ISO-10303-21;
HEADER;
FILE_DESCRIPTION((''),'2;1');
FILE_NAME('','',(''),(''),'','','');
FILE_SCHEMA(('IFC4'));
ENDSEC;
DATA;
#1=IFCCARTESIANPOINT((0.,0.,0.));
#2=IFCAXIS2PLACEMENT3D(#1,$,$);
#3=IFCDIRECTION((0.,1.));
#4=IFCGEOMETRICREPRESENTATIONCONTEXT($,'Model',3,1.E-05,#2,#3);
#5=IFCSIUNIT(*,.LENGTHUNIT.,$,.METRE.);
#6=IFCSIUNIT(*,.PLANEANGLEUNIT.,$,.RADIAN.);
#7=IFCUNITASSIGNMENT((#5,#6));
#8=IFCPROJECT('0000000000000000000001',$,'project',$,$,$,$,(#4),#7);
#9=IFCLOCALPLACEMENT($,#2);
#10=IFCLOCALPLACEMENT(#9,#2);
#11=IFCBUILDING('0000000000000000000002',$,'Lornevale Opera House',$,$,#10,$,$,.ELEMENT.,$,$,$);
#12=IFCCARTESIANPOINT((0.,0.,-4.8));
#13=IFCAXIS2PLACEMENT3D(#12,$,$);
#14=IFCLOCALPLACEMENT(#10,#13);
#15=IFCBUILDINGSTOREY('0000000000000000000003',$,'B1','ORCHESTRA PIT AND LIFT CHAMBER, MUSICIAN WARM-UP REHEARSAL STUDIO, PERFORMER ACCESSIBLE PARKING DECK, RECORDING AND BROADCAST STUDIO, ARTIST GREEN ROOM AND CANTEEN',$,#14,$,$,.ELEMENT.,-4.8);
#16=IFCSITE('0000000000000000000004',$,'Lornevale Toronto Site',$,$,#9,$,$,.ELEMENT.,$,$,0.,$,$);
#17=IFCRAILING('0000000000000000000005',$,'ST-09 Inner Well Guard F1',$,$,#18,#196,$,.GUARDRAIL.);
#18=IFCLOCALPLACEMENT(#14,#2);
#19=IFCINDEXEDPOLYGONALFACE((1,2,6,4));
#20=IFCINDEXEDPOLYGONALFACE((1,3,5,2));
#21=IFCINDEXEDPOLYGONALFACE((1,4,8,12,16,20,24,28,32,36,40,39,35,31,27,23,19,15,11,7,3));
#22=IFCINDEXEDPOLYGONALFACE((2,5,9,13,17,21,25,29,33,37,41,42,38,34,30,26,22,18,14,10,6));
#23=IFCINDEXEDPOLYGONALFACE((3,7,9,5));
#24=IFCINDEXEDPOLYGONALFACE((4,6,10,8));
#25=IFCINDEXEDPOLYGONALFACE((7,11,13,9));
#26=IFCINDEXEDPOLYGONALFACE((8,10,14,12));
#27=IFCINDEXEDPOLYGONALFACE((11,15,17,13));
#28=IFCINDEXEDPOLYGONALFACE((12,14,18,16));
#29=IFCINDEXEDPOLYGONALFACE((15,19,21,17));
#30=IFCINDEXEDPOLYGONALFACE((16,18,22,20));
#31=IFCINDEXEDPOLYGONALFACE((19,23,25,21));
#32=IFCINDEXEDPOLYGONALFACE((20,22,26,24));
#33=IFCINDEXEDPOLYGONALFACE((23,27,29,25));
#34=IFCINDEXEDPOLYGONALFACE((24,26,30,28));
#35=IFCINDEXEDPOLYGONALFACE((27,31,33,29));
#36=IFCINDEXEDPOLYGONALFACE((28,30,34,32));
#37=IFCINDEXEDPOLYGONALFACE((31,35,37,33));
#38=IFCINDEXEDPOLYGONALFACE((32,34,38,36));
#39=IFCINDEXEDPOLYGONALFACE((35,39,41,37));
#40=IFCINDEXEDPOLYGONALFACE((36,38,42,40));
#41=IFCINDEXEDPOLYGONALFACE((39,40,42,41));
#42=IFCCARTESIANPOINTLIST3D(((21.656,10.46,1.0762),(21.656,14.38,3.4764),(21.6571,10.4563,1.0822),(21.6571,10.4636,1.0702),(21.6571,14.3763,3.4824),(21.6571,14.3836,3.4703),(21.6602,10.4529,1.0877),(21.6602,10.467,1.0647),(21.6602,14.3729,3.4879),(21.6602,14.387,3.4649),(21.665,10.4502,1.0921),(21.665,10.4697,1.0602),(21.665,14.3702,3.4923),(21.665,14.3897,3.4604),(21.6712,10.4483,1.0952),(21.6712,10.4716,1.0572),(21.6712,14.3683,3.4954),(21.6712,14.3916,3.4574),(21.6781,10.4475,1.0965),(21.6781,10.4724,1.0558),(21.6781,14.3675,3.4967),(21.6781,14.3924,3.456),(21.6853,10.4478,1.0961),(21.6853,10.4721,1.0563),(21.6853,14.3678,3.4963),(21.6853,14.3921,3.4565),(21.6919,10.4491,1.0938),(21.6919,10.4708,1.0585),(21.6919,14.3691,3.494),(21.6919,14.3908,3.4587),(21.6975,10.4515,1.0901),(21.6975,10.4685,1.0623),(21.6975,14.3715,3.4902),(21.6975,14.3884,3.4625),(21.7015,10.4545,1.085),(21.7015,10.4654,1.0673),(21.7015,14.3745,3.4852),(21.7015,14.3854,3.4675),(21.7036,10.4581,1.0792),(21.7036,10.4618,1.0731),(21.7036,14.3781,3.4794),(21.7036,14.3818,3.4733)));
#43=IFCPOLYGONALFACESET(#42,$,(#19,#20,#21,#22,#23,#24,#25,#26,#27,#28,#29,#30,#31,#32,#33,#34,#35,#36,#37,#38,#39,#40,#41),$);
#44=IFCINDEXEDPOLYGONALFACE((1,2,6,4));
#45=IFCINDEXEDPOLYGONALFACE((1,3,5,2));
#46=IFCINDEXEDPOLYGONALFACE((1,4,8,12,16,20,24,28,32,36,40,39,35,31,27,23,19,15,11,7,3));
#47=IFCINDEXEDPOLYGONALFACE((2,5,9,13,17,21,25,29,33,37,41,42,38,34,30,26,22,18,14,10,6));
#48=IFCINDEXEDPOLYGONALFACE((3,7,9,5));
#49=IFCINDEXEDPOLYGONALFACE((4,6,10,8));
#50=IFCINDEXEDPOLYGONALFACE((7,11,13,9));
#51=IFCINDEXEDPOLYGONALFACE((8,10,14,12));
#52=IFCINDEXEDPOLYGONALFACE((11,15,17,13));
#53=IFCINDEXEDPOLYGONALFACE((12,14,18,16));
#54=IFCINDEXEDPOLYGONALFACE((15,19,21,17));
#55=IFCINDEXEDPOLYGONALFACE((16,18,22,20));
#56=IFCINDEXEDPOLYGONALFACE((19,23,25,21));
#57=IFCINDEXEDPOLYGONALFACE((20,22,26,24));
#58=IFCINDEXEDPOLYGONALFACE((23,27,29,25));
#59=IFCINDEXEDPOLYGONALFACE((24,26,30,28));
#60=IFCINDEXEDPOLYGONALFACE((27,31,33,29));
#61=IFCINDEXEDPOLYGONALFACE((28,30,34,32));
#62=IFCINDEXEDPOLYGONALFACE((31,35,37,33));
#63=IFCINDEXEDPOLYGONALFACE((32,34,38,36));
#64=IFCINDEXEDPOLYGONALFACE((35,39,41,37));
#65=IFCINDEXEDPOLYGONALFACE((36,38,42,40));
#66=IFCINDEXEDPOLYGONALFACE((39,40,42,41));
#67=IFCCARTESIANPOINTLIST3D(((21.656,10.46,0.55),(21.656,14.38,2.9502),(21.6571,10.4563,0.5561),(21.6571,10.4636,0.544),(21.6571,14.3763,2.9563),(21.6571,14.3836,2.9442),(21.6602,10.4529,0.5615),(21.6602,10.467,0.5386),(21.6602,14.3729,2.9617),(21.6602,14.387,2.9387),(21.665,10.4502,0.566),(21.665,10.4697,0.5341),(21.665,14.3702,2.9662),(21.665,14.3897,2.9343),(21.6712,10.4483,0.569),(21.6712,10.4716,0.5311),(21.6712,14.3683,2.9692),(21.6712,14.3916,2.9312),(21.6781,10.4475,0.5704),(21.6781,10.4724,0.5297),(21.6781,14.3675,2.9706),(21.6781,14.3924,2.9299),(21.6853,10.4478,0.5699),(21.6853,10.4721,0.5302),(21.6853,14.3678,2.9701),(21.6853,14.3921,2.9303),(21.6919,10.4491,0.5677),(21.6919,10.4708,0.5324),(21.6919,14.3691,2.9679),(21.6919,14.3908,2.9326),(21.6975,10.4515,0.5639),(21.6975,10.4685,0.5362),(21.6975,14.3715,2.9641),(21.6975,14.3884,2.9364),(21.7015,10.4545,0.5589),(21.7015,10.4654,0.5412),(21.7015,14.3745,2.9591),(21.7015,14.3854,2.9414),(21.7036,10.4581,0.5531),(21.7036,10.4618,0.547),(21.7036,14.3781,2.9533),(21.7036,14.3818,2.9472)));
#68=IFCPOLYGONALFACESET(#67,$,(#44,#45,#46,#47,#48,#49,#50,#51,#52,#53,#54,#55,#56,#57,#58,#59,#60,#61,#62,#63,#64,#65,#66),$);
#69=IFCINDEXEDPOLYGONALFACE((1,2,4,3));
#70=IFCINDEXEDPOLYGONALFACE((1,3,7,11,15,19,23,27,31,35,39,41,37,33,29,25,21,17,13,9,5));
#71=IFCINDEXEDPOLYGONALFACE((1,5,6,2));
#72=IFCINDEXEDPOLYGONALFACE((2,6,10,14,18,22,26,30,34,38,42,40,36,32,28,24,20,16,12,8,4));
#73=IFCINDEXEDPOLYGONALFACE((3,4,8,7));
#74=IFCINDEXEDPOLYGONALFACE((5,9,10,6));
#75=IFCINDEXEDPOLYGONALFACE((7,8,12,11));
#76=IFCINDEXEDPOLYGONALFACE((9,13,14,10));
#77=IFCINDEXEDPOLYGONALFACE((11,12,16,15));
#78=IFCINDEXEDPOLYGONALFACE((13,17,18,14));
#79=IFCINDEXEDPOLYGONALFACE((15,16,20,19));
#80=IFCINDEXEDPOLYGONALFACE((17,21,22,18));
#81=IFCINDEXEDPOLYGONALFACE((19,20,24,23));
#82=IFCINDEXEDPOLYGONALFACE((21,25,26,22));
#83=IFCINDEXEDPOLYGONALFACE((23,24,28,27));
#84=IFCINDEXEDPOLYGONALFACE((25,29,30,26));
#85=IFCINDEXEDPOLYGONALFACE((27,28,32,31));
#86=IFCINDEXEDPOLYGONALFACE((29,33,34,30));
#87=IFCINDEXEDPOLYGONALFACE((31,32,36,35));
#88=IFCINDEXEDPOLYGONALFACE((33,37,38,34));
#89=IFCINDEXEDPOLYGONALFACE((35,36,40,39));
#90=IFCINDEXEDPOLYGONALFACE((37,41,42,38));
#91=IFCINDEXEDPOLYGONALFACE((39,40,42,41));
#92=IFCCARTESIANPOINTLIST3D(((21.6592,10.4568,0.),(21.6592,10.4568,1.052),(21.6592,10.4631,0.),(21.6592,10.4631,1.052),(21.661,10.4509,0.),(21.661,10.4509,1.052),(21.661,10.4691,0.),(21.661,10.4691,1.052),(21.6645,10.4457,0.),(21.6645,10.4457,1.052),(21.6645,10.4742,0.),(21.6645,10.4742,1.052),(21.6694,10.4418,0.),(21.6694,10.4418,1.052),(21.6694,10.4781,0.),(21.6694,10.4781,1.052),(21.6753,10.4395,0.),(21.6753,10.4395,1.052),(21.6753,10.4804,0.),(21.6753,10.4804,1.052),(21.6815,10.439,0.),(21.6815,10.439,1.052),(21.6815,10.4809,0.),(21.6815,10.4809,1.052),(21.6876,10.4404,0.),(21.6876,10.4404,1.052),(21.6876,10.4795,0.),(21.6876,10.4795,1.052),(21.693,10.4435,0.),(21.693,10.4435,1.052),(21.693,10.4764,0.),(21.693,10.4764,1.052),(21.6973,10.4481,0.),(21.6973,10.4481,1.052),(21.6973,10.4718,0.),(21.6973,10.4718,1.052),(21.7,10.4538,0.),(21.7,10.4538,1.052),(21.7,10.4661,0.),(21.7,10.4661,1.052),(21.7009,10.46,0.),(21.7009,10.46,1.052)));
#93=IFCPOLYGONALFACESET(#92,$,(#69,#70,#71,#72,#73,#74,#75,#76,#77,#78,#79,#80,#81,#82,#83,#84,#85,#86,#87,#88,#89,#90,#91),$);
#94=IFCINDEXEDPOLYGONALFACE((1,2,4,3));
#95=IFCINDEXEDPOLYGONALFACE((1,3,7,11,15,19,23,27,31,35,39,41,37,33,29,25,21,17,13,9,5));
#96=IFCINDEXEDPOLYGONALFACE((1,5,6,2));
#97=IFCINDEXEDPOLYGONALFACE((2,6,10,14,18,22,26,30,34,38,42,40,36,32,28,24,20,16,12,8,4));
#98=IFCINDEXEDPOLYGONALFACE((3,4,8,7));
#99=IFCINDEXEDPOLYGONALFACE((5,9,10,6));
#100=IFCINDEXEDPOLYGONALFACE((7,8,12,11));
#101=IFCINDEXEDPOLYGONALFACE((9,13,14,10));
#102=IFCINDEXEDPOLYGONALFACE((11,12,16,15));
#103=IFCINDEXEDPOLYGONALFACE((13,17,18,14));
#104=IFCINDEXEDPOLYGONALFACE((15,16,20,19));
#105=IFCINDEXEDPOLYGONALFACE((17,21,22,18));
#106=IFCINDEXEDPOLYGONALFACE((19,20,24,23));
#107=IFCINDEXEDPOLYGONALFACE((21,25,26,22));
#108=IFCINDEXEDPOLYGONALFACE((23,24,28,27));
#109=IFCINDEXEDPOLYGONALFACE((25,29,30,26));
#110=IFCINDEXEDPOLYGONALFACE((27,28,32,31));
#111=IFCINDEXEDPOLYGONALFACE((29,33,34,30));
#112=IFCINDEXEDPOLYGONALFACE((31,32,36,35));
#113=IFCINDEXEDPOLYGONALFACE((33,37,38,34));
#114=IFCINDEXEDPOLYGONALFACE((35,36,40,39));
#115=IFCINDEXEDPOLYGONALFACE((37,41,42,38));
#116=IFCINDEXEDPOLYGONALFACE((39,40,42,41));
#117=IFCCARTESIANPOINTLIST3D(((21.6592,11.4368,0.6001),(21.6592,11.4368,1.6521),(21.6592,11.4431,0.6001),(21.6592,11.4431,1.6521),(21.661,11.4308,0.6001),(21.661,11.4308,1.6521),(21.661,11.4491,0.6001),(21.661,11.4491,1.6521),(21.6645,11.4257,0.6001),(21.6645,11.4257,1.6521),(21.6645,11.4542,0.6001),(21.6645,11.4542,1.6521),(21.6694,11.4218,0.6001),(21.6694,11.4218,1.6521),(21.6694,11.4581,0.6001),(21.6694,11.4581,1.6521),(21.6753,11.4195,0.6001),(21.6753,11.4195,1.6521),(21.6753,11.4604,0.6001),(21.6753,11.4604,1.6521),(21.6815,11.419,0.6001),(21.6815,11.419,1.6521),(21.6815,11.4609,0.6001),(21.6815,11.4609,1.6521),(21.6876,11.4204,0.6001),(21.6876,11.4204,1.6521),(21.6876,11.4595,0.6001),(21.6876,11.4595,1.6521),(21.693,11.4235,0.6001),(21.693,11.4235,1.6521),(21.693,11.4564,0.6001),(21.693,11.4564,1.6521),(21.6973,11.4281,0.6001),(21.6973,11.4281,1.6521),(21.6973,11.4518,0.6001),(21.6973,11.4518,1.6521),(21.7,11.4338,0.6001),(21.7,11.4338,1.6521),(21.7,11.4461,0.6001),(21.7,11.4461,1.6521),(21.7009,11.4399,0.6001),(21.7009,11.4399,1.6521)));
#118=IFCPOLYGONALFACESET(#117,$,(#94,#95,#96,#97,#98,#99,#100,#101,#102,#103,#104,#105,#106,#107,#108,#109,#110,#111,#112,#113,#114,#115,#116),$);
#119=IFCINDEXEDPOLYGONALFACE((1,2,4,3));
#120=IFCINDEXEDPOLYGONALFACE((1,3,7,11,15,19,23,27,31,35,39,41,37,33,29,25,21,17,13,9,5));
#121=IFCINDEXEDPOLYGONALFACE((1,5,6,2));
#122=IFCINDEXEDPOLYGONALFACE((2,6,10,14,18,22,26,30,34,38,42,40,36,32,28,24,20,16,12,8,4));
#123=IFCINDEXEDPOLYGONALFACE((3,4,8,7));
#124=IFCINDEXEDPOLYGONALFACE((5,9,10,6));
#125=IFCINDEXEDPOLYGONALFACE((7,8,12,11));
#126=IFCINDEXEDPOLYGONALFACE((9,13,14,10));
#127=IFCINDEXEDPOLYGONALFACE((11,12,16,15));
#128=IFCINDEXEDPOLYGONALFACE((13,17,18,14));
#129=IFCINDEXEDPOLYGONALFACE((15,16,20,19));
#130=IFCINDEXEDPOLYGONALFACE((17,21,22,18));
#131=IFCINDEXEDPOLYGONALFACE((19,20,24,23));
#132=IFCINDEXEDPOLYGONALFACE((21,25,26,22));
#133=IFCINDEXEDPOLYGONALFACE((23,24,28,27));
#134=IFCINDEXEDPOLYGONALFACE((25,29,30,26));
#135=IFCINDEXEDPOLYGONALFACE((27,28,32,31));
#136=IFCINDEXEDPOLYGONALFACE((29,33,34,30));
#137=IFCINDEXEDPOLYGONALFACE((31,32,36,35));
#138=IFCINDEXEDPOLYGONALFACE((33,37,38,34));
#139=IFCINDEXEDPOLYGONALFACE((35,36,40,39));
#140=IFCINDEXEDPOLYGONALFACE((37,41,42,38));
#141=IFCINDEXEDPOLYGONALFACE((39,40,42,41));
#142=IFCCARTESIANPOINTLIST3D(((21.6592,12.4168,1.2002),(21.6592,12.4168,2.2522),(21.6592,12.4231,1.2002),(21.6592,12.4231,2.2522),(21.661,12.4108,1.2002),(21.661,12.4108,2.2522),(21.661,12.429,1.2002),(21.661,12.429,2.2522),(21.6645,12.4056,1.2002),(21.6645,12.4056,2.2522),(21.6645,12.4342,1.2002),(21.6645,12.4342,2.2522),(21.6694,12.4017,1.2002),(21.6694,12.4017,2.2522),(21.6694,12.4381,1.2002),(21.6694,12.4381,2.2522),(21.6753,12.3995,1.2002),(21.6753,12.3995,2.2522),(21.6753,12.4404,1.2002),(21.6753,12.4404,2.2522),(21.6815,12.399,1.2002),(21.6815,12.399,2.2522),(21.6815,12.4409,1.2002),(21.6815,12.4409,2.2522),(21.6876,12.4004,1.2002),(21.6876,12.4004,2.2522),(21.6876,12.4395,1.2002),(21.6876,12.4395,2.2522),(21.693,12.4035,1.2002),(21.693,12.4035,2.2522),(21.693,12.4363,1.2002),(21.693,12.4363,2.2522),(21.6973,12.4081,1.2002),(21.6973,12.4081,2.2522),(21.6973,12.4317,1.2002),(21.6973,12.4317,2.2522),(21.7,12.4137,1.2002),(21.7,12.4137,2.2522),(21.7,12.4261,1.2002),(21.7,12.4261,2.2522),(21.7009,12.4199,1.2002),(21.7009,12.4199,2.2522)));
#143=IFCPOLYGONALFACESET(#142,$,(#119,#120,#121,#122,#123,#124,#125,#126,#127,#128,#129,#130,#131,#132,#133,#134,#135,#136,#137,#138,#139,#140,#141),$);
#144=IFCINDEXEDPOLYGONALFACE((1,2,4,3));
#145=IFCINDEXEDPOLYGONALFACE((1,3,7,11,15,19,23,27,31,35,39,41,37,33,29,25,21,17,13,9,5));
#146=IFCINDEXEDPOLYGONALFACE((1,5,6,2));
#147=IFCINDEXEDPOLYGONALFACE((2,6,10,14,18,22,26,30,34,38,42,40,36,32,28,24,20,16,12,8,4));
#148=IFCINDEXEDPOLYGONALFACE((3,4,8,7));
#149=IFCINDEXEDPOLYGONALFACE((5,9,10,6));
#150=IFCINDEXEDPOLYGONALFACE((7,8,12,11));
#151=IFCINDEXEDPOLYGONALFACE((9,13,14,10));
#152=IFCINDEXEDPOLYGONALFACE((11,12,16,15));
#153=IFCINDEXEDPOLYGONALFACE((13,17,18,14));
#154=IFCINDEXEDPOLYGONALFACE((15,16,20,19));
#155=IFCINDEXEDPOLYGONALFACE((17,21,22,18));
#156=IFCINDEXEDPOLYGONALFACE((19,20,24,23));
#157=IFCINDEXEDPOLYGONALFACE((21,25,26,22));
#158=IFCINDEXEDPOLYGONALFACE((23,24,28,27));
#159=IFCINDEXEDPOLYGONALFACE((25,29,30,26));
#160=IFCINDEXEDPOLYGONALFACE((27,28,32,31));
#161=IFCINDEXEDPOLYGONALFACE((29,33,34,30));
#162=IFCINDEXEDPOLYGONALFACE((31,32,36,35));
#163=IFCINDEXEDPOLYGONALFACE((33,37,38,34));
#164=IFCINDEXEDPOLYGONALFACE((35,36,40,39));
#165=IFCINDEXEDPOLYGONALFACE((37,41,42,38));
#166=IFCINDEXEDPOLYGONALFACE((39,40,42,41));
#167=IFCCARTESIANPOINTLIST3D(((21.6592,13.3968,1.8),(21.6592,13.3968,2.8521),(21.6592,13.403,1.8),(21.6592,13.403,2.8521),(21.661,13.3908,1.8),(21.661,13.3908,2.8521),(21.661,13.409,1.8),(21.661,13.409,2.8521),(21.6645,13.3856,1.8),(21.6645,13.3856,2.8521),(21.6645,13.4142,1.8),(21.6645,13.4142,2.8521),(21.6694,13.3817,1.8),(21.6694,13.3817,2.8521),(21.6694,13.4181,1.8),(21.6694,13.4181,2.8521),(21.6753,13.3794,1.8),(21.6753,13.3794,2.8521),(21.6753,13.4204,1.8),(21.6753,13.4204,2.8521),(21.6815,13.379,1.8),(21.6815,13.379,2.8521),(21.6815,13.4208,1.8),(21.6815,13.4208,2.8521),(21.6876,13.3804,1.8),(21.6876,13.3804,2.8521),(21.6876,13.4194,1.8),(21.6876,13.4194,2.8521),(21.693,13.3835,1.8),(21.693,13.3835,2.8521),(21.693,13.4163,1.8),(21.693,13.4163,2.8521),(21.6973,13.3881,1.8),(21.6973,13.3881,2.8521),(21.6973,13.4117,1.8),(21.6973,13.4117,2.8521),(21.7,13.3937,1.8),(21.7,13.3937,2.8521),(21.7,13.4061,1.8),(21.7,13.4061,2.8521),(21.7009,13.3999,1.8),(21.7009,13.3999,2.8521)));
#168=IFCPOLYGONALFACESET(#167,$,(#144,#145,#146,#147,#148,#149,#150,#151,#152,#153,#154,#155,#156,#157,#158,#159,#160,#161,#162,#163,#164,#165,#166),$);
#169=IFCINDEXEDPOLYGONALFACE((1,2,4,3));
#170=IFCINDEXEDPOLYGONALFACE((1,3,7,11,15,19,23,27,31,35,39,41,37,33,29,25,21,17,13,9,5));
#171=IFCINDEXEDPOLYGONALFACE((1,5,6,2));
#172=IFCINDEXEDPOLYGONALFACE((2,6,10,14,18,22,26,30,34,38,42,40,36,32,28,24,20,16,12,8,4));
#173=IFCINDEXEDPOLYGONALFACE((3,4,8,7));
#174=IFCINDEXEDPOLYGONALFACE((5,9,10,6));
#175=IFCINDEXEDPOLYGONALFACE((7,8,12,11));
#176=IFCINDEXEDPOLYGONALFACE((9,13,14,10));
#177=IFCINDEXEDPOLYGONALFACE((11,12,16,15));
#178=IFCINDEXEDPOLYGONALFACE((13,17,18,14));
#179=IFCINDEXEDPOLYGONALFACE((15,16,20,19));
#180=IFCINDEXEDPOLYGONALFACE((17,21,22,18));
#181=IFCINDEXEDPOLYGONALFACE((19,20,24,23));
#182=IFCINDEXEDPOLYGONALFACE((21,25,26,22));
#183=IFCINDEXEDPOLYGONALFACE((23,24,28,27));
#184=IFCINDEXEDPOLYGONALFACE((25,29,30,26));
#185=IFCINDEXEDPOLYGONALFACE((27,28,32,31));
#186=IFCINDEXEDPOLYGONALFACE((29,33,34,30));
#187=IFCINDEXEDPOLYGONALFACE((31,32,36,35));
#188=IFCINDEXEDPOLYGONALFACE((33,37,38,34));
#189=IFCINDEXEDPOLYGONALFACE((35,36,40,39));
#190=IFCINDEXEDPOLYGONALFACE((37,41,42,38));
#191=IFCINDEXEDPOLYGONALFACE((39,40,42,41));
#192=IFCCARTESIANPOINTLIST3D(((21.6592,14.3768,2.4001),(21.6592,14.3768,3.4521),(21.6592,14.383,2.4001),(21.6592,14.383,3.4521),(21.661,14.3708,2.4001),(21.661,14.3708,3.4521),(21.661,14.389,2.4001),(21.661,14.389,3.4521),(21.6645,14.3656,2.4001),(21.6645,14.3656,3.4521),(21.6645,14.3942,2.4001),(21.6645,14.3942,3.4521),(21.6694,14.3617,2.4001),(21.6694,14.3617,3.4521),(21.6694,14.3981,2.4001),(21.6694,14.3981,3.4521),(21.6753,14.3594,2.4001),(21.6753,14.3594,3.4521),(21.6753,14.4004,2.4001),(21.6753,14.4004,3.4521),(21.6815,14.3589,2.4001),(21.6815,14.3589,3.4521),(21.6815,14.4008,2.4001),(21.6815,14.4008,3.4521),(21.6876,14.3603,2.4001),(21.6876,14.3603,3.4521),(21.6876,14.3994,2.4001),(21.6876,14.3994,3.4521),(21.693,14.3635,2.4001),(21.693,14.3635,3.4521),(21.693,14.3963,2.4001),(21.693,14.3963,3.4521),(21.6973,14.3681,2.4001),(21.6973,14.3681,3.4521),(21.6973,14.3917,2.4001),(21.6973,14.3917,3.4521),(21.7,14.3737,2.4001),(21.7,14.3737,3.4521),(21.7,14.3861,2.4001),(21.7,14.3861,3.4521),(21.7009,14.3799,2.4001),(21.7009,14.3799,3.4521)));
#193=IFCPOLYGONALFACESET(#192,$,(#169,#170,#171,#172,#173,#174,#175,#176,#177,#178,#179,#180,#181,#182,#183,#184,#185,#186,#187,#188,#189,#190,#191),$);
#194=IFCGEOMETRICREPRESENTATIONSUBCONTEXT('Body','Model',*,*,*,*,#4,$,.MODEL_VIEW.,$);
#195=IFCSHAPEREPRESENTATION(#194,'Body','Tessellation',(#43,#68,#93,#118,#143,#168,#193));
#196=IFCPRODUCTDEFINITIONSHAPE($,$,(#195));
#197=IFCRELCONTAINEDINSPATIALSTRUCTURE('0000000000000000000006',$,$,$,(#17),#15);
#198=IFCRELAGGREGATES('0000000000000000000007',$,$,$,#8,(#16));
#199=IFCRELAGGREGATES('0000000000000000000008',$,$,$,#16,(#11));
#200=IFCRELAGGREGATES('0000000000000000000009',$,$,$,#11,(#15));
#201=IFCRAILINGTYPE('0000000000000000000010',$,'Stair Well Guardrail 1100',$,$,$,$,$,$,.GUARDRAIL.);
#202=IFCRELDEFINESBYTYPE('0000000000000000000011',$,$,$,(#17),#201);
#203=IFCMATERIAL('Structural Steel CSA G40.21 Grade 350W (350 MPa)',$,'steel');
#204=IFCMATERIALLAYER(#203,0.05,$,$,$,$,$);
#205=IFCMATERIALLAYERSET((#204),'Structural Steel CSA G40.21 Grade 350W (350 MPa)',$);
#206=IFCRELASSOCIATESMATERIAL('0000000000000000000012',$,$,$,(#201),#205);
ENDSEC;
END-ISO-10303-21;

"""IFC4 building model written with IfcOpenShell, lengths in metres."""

from ifc_helpers import new_model, si_unit, direction, frame, origin, origin_2d, place, context, subcontext, project, spatial, circle, extrude, material, layer, layer_set, type_object, element, save


model = new_model("IFC4")

# Units and contexts
model_context = context("Model", 3, precision=1e-05, world=origin(), true_north=direction((0.0, 1.0)))
body_context = subcontext(model_context, "Body", "Model", "MODEL_VIEW")
ifc_project = project(units=[si_unit("LENGTHUNIT", "METRE"), si_unit("PLANEANGLEUNIT", "RADIAN")], contexts=[model_context])

# Site, building, storey
site_placement = place(None, origin())
site = spatial("IfcSite", under=ifc_project, at=site_placement, Name="Lornevale Toronto Site", CompositionType="ELEMENT", RefElevation=0.0)
building_placement = place(site_placement, origin())
building = spatial("IfcBuilding", under=site, at=building_placement, Name="Lornevale Opera House", CompositionType="ELEMENT")
storey_placement = place(building_placement, frame((0.0, 0.0, -4.8)))
storey = spatial("IfcBuildingStorey", under=building, at=storey_placement, Name="B1", Description="ORCHESTRA PIT AND LIFT CHAMBER, MUSICIAN WARM-UP REHEARSAL STUDIO, PERFORMER ACCESSIBLE PARKING DECK, RECORDING AND BROADCAST STUDIO, ARTIST GREEN ROOM AND CANTEEN", CompositionType="ELEMENT", Elevation=-4.8)

# Railing
ifc_material_1 = material(Name="Structural Steel CSA G40.21 Grade 350W (350 MPa)", Category="steel")
ifc_layer_1 = layer(ifc_material_1, 0.05)
ifc_layer_set_1 = layer_set([ifc_layer_1], Name="Structural Steel CSA G40.21 Grade 350W (350 MPa)")
railing_type_1 = type_object("IfcRailingType", Name="Stair Well Guardrail 1100", PredefinedType="GUARDRAIL", material=ifc_layer_set_1)
railing_1_placement = place(storey_placement, frame((21.6799, 10.46, 0.0)))
element("IfcRailing", 1, at=railing_1_placement, inside=storey, type_object=railing_type_1, Name="ST-09 Inner Well Guard F1", PredefinedType="GUARDRAIL", context=body_context, shape_type="SweptSolid", body=[
    extrude(circle(Radius=0.0239, at=origin_2d()), frame((0.0, 0.0, 1.0762), z_axis=(0.0, 0.852832, 0.522185), x_axis=(-1.0, 0.0, 0.0)), (0.0, 0.0, 1.0), 4.5964),
    extrude(circle(Radius=0.0239, at=origin_2d()), frame((0.0, 0.0, 0.55), z_axis=(0.0, 0.852832, 0.522185), x_axis=(-1.0, 0.0, 0.0)), (0.0, 0.0, 1.0), 4.5964),
    extrude(circle(Radius=0.021, at=origin_2d()), origin(), (0.0, 0.0, 1.0), 1.052),
    extrude(circle(Radius=0.021, at=origin_2d()), frame((0.0, 0.98, 0.6001)), (0.0, 0.0, 1.0), 1.052),
    extrude(circle(Radius=0.021, at=origin_2d()), frame((0.0, 1.96, 1.2002)), (0.0, 0.0, 1.0), 1.052),
    extrude(circle(Radius=0.021, at=origin_2d()), frame((0.0, 2.9399, 1.8)), (0.0, 0.0, 1.0), 1.052),
    extrude(circle(Radius=0.021, at=origin_2d()), frame((0.0, 3.9199, 2.4001)), (0.0, 0.0, 1.0), 1.052),
])

save(model, "model.ifc")
